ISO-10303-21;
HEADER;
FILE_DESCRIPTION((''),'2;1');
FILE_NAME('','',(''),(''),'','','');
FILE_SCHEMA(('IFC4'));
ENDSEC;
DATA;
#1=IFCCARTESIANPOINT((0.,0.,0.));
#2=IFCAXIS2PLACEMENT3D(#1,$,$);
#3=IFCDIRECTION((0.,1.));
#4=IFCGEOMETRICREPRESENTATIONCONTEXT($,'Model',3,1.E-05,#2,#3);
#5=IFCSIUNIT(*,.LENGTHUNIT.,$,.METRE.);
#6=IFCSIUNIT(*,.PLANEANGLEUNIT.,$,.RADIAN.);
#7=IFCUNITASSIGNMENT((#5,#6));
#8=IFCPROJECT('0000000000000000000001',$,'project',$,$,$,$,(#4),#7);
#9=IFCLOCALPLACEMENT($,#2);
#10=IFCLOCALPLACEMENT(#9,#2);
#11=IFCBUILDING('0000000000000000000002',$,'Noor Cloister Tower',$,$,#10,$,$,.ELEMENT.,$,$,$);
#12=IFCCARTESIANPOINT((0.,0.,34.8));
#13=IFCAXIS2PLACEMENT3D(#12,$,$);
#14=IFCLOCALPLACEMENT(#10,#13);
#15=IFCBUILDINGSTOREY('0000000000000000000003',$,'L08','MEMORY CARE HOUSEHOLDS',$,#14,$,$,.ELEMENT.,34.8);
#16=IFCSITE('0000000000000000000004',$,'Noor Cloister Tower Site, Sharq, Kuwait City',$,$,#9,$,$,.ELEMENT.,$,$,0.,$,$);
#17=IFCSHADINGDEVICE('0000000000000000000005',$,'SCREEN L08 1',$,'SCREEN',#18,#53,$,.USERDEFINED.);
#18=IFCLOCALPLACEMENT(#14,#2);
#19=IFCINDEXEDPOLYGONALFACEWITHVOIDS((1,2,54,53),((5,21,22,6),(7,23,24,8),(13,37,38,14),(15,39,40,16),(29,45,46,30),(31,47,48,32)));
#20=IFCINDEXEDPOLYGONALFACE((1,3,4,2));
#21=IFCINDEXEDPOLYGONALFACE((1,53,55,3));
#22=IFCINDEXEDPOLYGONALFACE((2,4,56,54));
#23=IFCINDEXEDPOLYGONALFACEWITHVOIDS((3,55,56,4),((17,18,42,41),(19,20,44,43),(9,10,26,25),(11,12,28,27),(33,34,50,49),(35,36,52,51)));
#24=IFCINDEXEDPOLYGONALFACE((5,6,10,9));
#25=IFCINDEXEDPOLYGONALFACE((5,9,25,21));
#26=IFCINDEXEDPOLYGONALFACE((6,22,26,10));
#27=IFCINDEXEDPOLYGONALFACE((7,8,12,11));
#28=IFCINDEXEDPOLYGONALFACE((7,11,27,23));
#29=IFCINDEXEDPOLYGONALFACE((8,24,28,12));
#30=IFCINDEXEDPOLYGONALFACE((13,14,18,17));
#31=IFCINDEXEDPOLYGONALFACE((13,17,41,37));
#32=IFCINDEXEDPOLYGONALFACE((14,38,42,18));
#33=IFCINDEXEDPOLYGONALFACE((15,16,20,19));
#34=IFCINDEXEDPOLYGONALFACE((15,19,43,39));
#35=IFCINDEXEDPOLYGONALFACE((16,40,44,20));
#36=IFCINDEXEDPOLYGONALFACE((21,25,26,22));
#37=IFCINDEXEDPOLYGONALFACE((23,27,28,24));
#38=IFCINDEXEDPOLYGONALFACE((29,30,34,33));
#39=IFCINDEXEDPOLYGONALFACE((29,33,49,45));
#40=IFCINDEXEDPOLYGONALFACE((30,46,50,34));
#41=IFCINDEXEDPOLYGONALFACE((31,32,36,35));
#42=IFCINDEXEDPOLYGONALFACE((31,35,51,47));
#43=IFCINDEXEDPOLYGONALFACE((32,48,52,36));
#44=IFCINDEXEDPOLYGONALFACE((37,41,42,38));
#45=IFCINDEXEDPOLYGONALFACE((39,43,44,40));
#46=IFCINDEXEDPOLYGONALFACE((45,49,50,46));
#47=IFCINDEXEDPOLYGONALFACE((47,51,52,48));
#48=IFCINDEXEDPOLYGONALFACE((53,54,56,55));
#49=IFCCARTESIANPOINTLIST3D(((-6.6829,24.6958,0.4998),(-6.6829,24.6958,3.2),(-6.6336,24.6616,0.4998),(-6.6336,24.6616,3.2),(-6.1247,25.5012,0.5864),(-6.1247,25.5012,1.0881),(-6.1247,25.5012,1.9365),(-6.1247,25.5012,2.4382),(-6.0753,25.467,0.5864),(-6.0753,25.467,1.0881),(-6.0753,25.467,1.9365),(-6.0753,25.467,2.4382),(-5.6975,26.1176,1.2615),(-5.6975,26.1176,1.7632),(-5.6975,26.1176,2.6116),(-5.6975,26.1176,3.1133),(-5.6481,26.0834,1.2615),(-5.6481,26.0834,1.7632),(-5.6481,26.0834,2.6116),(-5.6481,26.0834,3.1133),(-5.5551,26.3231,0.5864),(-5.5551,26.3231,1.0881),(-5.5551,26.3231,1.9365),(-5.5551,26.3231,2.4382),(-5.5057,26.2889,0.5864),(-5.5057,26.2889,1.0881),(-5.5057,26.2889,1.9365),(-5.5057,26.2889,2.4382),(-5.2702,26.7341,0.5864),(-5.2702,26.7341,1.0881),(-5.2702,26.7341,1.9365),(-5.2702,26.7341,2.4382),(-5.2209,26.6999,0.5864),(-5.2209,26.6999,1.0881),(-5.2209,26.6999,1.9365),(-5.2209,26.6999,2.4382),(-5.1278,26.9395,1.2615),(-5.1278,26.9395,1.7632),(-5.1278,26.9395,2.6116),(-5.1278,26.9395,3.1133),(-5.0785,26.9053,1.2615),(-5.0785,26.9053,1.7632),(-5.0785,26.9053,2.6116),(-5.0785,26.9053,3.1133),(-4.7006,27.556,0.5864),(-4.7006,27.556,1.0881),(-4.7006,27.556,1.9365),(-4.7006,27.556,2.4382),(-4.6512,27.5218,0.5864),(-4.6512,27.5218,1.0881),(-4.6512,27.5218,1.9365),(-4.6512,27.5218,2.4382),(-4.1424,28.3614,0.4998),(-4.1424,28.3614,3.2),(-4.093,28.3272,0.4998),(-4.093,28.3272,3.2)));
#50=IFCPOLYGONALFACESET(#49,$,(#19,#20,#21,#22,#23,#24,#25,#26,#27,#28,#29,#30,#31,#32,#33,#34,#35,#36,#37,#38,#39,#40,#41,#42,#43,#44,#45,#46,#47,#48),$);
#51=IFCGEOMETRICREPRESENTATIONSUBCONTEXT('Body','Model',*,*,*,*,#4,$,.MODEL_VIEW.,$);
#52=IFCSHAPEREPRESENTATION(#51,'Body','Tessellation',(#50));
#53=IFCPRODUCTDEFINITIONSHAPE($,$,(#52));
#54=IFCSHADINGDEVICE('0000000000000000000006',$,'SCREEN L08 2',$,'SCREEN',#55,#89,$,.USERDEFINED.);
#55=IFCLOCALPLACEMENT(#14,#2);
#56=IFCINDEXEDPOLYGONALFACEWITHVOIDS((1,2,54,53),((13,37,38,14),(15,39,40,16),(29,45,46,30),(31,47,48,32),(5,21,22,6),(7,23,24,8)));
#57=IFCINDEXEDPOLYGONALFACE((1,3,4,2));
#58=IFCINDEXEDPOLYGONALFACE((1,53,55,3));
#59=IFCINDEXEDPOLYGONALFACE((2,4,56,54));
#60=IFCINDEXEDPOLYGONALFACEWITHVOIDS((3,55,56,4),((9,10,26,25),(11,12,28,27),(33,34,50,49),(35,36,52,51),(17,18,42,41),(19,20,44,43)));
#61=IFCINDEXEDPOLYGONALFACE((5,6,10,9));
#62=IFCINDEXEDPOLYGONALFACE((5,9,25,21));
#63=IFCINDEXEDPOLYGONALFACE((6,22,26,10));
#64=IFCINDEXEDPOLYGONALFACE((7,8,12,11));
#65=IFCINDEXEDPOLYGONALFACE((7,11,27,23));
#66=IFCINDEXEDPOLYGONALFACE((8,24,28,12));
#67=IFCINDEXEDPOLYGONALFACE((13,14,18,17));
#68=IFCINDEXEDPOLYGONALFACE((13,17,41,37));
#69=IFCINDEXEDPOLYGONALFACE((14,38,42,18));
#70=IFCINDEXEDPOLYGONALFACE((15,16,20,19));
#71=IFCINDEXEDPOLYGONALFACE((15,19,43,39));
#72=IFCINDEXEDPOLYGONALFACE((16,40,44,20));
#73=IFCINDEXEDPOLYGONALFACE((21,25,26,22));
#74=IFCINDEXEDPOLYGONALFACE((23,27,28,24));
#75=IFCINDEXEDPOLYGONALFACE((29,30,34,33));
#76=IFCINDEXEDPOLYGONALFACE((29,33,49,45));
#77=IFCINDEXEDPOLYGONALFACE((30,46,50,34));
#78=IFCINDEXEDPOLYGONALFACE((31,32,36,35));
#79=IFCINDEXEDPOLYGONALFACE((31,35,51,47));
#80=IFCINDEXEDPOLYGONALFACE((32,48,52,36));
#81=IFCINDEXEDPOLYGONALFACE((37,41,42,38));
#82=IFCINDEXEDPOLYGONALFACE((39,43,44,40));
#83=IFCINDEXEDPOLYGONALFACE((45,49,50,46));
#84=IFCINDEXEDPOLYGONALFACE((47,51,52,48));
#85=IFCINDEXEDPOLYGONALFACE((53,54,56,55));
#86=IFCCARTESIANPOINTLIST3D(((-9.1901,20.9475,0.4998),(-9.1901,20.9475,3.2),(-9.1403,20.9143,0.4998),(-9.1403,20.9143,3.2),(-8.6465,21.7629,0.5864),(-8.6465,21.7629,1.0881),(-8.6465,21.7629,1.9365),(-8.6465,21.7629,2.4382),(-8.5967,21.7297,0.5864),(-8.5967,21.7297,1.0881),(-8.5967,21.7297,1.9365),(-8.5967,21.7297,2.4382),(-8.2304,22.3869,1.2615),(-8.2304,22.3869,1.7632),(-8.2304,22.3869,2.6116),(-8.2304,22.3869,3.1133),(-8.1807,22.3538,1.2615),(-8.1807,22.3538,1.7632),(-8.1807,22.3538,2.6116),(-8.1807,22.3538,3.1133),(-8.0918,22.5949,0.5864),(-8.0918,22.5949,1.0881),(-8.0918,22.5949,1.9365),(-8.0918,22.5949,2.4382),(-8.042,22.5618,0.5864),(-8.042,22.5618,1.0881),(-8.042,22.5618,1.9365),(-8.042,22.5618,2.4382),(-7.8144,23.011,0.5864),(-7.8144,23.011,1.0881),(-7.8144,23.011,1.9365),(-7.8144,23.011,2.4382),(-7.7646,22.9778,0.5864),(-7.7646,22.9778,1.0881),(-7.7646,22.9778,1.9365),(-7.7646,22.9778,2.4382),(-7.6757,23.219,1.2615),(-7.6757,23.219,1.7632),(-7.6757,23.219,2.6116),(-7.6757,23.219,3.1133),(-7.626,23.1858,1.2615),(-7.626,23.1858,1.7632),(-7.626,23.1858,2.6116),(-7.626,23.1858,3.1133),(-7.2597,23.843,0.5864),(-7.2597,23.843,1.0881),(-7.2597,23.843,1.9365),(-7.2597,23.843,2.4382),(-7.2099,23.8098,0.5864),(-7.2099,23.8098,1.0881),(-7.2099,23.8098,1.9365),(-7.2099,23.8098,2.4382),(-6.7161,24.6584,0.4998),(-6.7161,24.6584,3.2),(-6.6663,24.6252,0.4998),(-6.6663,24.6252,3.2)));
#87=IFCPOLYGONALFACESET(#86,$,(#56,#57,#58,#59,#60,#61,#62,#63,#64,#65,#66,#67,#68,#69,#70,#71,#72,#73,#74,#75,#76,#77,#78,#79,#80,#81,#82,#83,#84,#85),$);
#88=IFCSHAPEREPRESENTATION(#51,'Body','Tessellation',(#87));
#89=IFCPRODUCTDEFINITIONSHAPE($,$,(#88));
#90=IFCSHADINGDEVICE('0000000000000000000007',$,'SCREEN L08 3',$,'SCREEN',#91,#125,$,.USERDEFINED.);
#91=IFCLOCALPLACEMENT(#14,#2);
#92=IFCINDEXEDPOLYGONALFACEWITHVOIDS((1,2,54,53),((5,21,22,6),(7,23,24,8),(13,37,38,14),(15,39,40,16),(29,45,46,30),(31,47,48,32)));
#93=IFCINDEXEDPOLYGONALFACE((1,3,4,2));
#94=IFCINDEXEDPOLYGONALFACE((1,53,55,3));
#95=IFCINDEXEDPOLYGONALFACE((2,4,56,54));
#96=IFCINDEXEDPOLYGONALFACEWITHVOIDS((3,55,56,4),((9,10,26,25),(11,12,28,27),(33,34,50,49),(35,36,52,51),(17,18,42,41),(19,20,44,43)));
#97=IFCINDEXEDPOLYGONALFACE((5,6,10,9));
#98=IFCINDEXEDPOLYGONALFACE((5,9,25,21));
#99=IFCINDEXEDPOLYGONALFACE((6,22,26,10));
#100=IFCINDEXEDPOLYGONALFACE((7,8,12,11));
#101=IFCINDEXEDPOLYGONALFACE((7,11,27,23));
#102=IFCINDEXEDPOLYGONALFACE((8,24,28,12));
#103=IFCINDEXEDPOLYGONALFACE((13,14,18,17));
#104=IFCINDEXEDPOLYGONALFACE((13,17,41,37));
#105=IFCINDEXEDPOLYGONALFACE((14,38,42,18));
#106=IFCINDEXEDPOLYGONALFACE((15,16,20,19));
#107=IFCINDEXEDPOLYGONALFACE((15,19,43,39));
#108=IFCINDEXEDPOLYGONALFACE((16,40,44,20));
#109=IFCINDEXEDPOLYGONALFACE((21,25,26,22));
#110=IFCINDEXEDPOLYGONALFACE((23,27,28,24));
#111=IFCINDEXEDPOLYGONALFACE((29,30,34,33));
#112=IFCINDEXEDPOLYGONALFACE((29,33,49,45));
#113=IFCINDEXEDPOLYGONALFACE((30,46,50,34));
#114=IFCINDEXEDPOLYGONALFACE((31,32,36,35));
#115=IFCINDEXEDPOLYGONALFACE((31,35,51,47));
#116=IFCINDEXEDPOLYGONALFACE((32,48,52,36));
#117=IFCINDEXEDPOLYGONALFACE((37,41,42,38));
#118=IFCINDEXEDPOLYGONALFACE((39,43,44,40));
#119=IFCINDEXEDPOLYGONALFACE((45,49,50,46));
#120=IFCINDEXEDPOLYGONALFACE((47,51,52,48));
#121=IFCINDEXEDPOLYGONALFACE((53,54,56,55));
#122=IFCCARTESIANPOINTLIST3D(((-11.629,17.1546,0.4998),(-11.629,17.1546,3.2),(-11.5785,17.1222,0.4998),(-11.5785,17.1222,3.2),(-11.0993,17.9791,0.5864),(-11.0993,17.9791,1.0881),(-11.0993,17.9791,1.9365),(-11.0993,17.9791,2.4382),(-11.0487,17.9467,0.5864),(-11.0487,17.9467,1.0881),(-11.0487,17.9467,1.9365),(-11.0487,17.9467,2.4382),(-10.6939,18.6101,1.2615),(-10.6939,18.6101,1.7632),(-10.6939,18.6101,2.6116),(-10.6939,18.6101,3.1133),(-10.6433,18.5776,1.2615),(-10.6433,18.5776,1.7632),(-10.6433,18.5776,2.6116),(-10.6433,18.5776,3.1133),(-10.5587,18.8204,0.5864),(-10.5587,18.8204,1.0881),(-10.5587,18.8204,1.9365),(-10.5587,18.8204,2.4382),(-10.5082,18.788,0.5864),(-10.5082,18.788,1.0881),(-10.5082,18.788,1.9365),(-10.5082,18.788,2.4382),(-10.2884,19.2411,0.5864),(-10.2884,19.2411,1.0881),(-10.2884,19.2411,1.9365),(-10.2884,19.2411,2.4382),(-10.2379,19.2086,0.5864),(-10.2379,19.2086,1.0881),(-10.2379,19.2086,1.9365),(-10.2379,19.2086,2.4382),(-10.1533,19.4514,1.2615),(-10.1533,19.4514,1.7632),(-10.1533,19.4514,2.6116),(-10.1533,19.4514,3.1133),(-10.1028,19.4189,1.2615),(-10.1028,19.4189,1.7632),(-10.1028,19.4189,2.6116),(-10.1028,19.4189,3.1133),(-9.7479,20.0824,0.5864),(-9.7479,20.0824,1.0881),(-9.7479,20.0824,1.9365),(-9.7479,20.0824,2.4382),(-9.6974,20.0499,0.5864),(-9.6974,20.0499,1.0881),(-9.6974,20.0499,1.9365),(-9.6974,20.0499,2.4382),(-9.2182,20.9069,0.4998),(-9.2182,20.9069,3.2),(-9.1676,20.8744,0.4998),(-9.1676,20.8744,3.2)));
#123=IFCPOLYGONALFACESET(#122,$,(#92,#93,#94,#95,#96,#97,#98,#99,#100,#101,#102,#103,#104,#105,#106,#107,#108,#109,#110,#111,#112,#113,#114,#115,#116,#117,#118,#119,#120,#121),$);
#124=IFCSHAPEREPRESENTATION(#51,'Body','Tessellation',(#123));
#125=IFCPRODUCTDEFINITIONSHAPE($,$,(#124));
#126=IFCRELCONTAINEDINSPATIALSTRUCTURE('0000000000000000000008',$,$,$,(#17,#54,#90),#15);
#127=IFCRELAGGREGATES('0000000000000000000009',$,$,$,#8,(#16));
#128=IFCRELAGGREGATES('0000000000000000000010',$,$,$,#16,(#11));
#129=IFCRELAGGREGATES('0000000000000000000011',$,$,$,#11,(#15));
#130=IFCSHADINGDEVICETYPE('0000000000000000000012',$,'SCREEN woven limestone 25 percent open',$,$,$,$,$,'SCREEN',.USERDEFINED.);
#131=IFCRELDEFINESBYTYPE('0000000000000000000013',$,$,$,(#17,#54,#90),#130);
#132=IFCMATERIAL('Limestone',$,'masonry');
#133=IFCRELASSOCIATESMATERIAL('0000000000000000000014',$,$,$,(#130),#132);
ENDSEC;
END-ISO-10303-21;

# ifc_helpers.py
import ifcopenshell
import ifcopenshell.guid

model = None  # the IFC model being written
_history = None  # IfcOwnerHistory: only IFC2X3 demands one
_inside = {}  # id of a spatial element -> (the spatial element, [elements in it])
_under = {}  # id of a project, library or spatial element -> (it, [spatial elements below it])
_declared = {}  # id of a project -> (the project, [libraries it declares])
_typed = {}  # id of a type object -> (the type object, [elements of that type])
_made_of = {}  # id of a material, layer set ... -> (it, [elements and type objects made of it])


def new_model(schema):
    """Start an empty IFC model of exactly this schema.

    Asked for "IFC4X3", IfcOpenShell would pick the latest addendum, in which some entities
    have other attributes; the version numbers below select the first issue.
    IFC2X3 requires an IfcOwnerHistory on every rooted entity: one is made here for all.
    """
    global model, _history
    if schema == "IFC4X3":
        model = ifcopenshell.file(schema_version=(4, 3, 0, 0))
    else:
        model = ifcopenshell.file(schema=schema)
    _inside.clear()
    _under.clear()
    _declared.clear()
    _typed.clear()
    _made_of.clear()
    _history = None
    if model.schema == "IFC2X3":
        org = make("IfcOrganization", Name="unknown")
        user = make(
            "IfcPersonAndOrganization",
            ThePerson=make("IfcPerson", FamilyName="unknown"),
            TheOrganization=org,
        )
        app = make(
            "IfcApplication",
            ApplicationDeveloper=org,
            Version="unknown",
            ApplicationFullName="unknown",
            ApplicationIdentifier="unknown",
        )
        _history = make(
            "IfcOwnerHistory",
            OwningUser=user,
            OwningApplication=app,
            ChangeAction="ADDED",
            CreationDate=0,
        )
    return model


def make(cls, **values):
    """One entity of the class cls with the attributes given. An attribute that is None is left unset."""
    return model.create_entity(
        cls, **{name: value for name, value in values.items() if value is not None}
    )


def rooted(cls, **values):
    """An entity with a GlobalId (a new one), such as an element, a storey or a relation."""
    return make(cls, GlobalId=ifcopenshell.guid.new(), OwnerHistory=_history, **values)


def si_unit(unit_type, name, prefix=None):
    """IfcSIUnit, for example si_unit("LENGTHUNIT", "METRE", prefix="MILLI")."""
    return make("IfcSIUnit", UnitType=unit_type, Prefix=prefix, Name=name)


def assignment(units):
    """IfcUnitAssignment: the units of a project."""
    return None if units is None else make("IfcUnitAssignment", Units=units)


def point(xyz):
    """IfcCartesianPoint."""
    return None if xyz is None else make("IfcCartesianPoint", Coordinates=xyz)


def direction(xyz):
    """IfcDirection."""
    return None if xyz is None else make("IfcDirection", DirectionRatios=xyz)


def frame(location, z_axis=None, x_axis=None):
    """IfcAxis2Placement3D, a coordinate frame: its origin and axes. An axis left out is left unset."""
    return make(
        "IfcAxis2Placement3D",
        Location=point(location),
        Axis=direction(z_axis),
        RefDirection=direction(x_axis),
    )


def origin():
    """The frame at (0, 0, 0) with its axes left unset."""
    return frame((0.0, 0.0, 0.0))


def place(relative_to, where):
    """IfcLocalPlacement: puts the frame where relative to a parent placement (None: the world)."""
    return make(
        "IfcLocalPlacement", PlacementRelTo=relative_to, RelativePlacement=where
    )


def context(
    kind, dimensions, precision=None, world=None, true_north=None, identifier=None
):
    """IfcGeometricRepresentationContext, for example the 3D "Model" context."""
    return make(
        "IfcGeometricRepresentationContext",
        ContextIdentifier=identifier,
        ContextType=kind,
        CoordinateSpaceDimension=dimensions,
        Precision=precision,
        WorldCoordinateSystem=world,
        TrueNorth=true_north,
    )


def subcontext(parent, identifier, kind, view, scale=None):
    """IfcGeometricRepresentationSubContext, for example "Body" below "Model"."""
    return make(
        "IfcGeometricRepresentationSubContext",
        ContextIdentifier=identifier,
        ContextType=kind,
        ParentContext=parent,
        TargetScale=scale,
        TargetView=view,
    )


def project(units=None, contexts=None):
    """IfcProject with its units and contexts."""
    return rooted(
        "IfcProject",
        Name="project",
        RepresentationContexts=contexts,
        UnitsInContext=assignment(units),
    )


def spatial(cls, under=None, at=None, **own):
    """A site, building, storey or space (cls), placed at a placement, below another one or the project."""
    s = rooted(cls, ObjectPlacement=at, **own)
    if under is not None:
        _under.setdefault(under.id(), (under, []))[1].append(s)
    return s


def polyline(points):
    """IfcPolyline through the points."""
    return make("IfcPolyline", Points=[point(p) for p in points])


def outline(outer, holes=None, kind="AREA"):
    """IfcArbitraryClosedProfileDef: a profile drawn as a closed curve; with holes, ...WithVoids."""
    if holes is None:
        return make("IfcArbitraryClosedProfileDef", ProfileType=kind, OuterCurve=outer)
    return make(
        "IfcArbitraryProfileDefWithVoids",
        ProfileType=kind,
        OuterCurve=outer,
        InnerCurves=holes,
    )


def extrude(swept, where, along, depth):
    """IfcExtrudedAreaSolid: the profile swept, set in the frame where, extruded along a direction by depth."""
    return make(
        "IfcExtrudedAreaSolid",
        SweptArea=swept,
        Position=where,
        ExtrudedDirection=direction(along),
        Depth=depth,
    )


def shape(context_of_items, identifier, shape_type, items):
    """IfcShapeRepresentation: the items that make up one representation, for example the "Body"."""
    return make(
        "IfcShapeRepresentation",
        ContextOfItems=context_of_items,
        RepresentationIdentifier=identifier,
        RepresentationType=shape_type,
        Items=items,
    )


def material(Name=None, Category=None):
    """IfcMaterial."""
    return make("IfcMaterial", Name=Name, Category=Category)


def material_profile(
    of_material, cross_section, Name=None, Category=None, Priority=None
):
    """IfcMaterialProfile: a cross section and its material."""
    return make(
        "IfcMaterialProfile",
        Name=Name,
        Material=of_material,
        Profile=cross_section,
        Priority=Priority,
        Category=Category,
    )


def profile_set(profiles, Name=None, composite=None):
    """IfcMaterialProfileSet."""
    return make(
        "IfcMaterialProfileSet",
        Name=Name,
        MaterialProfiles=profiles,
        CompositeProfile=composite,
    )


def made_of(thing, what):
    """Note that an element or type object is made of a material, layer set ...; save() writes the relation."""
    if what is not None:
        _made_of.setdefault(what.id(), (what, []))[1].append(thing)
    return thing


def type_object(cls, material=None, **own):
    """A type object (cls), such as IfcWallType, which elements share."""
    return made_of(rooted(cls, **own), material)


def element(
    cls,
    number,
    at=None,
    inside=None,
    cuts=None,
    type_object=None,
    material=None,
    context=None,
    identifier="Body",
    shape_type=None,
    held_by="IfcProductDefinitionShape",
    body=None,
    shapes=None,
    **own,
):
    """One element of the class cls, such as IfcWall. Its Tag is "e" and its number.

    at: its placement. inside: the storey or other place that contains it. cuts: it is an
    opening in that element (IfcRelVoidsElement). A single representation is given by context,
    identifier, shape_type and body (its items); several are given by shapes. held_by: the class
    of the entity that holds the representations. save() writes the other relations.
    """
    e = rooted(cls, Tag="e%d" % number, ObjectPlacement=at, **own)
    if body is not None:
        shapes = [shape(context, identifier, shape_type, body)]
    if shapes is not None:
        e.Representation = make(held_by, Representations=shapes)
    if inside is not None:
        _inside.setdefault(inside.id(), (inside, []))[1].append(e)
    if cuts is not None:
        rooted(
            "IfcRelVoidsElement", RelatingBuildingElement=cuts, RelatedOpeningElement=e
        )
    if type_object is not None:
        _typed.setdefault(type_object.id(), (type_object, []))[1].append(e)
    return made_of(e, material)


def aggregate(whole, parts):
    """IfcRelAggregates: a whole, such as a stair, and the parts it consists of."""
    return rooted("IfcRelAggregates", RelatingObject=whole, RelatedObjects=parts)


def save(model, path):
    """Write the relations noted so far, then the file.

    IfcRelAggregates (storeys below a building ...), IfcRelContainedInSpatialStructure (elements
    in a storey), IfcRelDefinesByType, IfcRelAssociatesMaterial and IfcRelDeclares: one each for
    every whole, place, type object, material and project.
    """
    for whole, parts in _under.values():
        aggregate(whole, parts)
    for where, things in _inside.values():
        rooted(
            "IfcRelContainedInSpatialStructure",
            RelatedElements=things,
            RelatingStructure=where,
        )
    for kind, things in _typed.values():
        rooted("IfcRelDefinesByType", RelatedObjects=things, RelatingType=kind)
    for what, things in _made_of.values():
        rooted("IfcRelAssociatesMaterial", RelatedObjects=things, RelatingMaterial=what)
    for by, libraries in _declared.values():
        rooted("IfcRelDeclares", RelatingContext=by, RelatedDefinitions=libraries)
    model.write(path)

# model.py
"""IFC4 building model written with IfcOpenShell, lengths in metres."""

from ifc_helpers import new_model, si_unit, direction, frame, origin, place, context, subcontext, project, spatial, polyline, outline, extrude, material, material_profile, profile_set, type_object, element, save


model = new_model("IFC4")

# Units and contexts
model_context = context("Model", 3, precision=1e-05, world=origin(), true_north=direction((0.0, 1.0)))
body_context = subcontext(model_context, "Body", "Model", "MODEL_VIEW")
ifc_project = project(units=[si_unit("LENGTHUNIT", "METRE"), si_unit("PLANEANGLEUNIT", "RADIAN")], contexts=[model_context])

# Site, building, storey
site_placement = place(None, origin())
site = spatial("IfcSite", under=ifc_project, at=site_placement, Name="Noor Cloister Tower Site, Sharq, Kuwait City", CompositionType="ELEMENT", RefElevation=0.0)
building_placement = place(site_placement, origin())
building = spatial("IfcBuilding", under=site, at=building_placement, Name="Noor Cloister Tower", CompositionType="ELEMENT")
storey_placement = place(building_placement, frame((0.0, 0.0, 34.8)))
storey = spatial("IfcBuildingStorey", under=building, at=storey_placement, Name="L08", Description="MEMORY CARE HOUSEHOLDS", CompositionType="ELEMENT", Elevation=34.8)

# Shading devices
ifc_material_1 = material(Name="Limestone", Category="masonry")
ifc_material_profile_1 = material_profile(ifc_material_1, outline(polyline([(-2.23, -1.3501), (2.23, -1.3501), (2.23, 1.3501), (-2.23, 1.3501), (-2.23, -1.3501)]), holes=[polyline([(-1.25, -1.2634), (-0.25, -1.2634), (-0.25, -0.7617), (-1.25, -0.7617), (-1.25, -1.2634)]), polyline([(0.25, -1.2634), (1.25, -1.2634), (1.25, -0.7617), (0.25, -0.7617), (0.25, -1.2634)]), polyline([(-0.5, -0.5884), (0.5, -0.5884), (0.5, -0.0867), (-0.5, -0.0867), (-0.5, -0.5884)]), polyline([(-1.25, 0.0867), (-0.25, 0.0867), (-0.25, 0.5884), (-1.25, 0.5884), (-1.25, 0.0867)]), polyline([(0.25, 0.0867), (1.25, 0.0867), (1.25, 0.5884), (0.25, 0.5884), (0.25, 0.0867)]), polyline([(-0.5, 0.7617), (0.5, 0.7617), (0.5, 1.2634), (-0.5, 1.2634), (-0.5, 0.7617)])]), Name="Woven screen 25 percent open")
ifc_profile_set_1 = profile_set([ifc_material_profile_1], Name="Limestone")
shading_device_type = type_object("IfcShadingDeviceType", Name="SCREEN woven limestone 25 percent open", ElementType="SCREEN", PredefinedType="USERDEFINED", material=ifc_profile_set_1)
shading_device_1_placement = place(storey_placement, frame((-5.3633, 26.4944, 1.8499), z_axis=(-0.821899, 0.569633, 0.0), x_axis=(-0.569633, -0.821899, 0.0)))
element("IfcShadingDevice", 1, at=shading_device_1_placement, inside=storey, type_object=shading_device_type, Name="SCREEN L08 1", ObjectType="SCREEN", PredefinedType="USERDEFINED", context=body_context, shape_type="SweptSolid", body=[
    extrude(outline(polyline([(-2.23, -1.3501), (2.23, -1.3501), (2.23, 1.3501), (-2.23, 1.3501), (-2.23, -1.3501)]), holes=[polyline([(-1.25, -1.2634), (-0.25, -1.2634), (-0.25, -0.7617), (-1.25, -0.7617), (-1.25, -1.2634)]), polyline([(0.25, -1.2634), (1.25, -1.2634), (1.25, -0.7617), (0.25, -0.7617), (0.25, -1.2634)]), polyline([(-0.5, -0.5884), (0.5, -0.5884), (0.5, -0.0867), (-0.5, -0.0867), (-0.5, -0.5884)]), polyline([(-1.25, 0.0867), (-0.25, 0.0867), (-0.25, 0.5884), (-1.25, 0.5884), (-1.25, 0.0867)]), polyline([(0.25, 0.0867), (1.25, 0.0867), (1.25, 0.5884), (0.25, 0.5884), (0.25, 0.0867)]), polyline([(-0.5, 0.7617), (0.5, 0.7617), (0.5, 1.2634), (-0.5, 1.2634), (-0.5, 0.7617)])]), origin(), (0.0, 0.0, 1.0), 0.0601),
])
shading_device_2_placement = place(storey_placement, frame((-7.9033, 22.7698, 1.8499), z_axis=(-0.83205, 0.5547, 0.0), x_axis=(-0.5547, -0.83205, 0.0)))
element("IfcShadingDevice", 2, at=shading_device_2_placement, inside=storey, type_object=shading_device_type, Name="SCREEN L08 2", ObjectType="SCREEN", PredefinedType="USERDEFINED", context=body_context, shape_type="SweptSolid", body=[
    extrude(outline(polyline([(-2.23, -1.3501), (2.23, -1.3501), (2.23, 1.3501), (-2.23, 1.3501), (-2.23, -1.3501)]), holes=[polyline([(-1.25, -1.2634), (-0.25, -1.2634), (-0.25, -0.7617), (-1.25, -0.7617), (-1.25, -1.2634)]), polyline([(0.25, -1.2634), (1.25, -1.2634), (1.25, -0.7617), (0.25, -0.7617), (0.25, -1.2634)]), polyline([(-0.5, -0.5884), (0.5, -0.5884), (0.5, -0.0867), (-0.5, -0.0867), (-0.5, -0.5884)]), polyline([(-1.25, 0.0867), (-0.25, 0.0867), (-0.25, 0.5884), (-1.25, 0.5884), (-1.25, 0.0867)]), polyline([(0.25, 0.0867), (1.25, 0.0867), (1.25, 0.5884), (0.25, 0.5884), (0.25, 0.0867)]), polyline([(-0.5, 0.7617), (0.5, 0.7617), (0.5, 1.2634), (-0.5, 1.2634), (-0.5, 0.7617)])]), origin(), (0.0, 0.0, 1.0), 0.0598),
])
shading_device_3_placement = place(storey_placement, frame((-10.373, 18.9983, 1.8499), z_axis=(-0.841311, 0.540552, 0.0), x_axis=(-0.540552, -0.841311, 0.0)))
element("IfcShadingDevice", 3, at=shading_device_3_placement, inside=storey, type_object=shading_device_type, Name="SCREEN L08 3", ObjectType="SCREEN", PredefinedType="USERDEFINED", context=body_context, shape_type="SweptSolid", body=[
    extrude(outline(polyline([(-2.23, -1.3501), (2.23, -1.3501), (2.23, 1.3501), (-2.23, 1.3501), (-2.23, -1.3501)]), holes=[polyline([(-1.25, -1.2634), (-0.25, -1.2634), (-0.25, -0.7617), (-1.25, -0.7617), (-1.25, -1.2634)]), polyline([(0.25, -1.2634), (1.25, -1.2634), (1.25, -0.7617), (0.25, -0.7617), (0.25, -1.2634)]), polyline([(-0.5, -0.5884), (0.5, -0.5884), (0.5, -0.0867), (-0.5, -0.0867), (-0.5, -0.5884)]), polyline([(-1.25, 0.0867), (-0.25, 0.0867), (-0.25, 0.5884), (-1.25, 0.5884), (-1.25, 0.0867)]), polyline([(0.25, 0.0867), (1.25, 0.0867), (1.25, 0.5884), (0.25, 0.5884), (0.25, 0.0867)]), polyline([(-0.5, 0.7617), (0.5, 0.7617), (0.5, 1.2634), (-0.5, 1.2634), (-0.5, 0.7617)])]), origin(), (0.0, 0.0, 1.0), 0.0601),
])

save(model, "model.ifc")
